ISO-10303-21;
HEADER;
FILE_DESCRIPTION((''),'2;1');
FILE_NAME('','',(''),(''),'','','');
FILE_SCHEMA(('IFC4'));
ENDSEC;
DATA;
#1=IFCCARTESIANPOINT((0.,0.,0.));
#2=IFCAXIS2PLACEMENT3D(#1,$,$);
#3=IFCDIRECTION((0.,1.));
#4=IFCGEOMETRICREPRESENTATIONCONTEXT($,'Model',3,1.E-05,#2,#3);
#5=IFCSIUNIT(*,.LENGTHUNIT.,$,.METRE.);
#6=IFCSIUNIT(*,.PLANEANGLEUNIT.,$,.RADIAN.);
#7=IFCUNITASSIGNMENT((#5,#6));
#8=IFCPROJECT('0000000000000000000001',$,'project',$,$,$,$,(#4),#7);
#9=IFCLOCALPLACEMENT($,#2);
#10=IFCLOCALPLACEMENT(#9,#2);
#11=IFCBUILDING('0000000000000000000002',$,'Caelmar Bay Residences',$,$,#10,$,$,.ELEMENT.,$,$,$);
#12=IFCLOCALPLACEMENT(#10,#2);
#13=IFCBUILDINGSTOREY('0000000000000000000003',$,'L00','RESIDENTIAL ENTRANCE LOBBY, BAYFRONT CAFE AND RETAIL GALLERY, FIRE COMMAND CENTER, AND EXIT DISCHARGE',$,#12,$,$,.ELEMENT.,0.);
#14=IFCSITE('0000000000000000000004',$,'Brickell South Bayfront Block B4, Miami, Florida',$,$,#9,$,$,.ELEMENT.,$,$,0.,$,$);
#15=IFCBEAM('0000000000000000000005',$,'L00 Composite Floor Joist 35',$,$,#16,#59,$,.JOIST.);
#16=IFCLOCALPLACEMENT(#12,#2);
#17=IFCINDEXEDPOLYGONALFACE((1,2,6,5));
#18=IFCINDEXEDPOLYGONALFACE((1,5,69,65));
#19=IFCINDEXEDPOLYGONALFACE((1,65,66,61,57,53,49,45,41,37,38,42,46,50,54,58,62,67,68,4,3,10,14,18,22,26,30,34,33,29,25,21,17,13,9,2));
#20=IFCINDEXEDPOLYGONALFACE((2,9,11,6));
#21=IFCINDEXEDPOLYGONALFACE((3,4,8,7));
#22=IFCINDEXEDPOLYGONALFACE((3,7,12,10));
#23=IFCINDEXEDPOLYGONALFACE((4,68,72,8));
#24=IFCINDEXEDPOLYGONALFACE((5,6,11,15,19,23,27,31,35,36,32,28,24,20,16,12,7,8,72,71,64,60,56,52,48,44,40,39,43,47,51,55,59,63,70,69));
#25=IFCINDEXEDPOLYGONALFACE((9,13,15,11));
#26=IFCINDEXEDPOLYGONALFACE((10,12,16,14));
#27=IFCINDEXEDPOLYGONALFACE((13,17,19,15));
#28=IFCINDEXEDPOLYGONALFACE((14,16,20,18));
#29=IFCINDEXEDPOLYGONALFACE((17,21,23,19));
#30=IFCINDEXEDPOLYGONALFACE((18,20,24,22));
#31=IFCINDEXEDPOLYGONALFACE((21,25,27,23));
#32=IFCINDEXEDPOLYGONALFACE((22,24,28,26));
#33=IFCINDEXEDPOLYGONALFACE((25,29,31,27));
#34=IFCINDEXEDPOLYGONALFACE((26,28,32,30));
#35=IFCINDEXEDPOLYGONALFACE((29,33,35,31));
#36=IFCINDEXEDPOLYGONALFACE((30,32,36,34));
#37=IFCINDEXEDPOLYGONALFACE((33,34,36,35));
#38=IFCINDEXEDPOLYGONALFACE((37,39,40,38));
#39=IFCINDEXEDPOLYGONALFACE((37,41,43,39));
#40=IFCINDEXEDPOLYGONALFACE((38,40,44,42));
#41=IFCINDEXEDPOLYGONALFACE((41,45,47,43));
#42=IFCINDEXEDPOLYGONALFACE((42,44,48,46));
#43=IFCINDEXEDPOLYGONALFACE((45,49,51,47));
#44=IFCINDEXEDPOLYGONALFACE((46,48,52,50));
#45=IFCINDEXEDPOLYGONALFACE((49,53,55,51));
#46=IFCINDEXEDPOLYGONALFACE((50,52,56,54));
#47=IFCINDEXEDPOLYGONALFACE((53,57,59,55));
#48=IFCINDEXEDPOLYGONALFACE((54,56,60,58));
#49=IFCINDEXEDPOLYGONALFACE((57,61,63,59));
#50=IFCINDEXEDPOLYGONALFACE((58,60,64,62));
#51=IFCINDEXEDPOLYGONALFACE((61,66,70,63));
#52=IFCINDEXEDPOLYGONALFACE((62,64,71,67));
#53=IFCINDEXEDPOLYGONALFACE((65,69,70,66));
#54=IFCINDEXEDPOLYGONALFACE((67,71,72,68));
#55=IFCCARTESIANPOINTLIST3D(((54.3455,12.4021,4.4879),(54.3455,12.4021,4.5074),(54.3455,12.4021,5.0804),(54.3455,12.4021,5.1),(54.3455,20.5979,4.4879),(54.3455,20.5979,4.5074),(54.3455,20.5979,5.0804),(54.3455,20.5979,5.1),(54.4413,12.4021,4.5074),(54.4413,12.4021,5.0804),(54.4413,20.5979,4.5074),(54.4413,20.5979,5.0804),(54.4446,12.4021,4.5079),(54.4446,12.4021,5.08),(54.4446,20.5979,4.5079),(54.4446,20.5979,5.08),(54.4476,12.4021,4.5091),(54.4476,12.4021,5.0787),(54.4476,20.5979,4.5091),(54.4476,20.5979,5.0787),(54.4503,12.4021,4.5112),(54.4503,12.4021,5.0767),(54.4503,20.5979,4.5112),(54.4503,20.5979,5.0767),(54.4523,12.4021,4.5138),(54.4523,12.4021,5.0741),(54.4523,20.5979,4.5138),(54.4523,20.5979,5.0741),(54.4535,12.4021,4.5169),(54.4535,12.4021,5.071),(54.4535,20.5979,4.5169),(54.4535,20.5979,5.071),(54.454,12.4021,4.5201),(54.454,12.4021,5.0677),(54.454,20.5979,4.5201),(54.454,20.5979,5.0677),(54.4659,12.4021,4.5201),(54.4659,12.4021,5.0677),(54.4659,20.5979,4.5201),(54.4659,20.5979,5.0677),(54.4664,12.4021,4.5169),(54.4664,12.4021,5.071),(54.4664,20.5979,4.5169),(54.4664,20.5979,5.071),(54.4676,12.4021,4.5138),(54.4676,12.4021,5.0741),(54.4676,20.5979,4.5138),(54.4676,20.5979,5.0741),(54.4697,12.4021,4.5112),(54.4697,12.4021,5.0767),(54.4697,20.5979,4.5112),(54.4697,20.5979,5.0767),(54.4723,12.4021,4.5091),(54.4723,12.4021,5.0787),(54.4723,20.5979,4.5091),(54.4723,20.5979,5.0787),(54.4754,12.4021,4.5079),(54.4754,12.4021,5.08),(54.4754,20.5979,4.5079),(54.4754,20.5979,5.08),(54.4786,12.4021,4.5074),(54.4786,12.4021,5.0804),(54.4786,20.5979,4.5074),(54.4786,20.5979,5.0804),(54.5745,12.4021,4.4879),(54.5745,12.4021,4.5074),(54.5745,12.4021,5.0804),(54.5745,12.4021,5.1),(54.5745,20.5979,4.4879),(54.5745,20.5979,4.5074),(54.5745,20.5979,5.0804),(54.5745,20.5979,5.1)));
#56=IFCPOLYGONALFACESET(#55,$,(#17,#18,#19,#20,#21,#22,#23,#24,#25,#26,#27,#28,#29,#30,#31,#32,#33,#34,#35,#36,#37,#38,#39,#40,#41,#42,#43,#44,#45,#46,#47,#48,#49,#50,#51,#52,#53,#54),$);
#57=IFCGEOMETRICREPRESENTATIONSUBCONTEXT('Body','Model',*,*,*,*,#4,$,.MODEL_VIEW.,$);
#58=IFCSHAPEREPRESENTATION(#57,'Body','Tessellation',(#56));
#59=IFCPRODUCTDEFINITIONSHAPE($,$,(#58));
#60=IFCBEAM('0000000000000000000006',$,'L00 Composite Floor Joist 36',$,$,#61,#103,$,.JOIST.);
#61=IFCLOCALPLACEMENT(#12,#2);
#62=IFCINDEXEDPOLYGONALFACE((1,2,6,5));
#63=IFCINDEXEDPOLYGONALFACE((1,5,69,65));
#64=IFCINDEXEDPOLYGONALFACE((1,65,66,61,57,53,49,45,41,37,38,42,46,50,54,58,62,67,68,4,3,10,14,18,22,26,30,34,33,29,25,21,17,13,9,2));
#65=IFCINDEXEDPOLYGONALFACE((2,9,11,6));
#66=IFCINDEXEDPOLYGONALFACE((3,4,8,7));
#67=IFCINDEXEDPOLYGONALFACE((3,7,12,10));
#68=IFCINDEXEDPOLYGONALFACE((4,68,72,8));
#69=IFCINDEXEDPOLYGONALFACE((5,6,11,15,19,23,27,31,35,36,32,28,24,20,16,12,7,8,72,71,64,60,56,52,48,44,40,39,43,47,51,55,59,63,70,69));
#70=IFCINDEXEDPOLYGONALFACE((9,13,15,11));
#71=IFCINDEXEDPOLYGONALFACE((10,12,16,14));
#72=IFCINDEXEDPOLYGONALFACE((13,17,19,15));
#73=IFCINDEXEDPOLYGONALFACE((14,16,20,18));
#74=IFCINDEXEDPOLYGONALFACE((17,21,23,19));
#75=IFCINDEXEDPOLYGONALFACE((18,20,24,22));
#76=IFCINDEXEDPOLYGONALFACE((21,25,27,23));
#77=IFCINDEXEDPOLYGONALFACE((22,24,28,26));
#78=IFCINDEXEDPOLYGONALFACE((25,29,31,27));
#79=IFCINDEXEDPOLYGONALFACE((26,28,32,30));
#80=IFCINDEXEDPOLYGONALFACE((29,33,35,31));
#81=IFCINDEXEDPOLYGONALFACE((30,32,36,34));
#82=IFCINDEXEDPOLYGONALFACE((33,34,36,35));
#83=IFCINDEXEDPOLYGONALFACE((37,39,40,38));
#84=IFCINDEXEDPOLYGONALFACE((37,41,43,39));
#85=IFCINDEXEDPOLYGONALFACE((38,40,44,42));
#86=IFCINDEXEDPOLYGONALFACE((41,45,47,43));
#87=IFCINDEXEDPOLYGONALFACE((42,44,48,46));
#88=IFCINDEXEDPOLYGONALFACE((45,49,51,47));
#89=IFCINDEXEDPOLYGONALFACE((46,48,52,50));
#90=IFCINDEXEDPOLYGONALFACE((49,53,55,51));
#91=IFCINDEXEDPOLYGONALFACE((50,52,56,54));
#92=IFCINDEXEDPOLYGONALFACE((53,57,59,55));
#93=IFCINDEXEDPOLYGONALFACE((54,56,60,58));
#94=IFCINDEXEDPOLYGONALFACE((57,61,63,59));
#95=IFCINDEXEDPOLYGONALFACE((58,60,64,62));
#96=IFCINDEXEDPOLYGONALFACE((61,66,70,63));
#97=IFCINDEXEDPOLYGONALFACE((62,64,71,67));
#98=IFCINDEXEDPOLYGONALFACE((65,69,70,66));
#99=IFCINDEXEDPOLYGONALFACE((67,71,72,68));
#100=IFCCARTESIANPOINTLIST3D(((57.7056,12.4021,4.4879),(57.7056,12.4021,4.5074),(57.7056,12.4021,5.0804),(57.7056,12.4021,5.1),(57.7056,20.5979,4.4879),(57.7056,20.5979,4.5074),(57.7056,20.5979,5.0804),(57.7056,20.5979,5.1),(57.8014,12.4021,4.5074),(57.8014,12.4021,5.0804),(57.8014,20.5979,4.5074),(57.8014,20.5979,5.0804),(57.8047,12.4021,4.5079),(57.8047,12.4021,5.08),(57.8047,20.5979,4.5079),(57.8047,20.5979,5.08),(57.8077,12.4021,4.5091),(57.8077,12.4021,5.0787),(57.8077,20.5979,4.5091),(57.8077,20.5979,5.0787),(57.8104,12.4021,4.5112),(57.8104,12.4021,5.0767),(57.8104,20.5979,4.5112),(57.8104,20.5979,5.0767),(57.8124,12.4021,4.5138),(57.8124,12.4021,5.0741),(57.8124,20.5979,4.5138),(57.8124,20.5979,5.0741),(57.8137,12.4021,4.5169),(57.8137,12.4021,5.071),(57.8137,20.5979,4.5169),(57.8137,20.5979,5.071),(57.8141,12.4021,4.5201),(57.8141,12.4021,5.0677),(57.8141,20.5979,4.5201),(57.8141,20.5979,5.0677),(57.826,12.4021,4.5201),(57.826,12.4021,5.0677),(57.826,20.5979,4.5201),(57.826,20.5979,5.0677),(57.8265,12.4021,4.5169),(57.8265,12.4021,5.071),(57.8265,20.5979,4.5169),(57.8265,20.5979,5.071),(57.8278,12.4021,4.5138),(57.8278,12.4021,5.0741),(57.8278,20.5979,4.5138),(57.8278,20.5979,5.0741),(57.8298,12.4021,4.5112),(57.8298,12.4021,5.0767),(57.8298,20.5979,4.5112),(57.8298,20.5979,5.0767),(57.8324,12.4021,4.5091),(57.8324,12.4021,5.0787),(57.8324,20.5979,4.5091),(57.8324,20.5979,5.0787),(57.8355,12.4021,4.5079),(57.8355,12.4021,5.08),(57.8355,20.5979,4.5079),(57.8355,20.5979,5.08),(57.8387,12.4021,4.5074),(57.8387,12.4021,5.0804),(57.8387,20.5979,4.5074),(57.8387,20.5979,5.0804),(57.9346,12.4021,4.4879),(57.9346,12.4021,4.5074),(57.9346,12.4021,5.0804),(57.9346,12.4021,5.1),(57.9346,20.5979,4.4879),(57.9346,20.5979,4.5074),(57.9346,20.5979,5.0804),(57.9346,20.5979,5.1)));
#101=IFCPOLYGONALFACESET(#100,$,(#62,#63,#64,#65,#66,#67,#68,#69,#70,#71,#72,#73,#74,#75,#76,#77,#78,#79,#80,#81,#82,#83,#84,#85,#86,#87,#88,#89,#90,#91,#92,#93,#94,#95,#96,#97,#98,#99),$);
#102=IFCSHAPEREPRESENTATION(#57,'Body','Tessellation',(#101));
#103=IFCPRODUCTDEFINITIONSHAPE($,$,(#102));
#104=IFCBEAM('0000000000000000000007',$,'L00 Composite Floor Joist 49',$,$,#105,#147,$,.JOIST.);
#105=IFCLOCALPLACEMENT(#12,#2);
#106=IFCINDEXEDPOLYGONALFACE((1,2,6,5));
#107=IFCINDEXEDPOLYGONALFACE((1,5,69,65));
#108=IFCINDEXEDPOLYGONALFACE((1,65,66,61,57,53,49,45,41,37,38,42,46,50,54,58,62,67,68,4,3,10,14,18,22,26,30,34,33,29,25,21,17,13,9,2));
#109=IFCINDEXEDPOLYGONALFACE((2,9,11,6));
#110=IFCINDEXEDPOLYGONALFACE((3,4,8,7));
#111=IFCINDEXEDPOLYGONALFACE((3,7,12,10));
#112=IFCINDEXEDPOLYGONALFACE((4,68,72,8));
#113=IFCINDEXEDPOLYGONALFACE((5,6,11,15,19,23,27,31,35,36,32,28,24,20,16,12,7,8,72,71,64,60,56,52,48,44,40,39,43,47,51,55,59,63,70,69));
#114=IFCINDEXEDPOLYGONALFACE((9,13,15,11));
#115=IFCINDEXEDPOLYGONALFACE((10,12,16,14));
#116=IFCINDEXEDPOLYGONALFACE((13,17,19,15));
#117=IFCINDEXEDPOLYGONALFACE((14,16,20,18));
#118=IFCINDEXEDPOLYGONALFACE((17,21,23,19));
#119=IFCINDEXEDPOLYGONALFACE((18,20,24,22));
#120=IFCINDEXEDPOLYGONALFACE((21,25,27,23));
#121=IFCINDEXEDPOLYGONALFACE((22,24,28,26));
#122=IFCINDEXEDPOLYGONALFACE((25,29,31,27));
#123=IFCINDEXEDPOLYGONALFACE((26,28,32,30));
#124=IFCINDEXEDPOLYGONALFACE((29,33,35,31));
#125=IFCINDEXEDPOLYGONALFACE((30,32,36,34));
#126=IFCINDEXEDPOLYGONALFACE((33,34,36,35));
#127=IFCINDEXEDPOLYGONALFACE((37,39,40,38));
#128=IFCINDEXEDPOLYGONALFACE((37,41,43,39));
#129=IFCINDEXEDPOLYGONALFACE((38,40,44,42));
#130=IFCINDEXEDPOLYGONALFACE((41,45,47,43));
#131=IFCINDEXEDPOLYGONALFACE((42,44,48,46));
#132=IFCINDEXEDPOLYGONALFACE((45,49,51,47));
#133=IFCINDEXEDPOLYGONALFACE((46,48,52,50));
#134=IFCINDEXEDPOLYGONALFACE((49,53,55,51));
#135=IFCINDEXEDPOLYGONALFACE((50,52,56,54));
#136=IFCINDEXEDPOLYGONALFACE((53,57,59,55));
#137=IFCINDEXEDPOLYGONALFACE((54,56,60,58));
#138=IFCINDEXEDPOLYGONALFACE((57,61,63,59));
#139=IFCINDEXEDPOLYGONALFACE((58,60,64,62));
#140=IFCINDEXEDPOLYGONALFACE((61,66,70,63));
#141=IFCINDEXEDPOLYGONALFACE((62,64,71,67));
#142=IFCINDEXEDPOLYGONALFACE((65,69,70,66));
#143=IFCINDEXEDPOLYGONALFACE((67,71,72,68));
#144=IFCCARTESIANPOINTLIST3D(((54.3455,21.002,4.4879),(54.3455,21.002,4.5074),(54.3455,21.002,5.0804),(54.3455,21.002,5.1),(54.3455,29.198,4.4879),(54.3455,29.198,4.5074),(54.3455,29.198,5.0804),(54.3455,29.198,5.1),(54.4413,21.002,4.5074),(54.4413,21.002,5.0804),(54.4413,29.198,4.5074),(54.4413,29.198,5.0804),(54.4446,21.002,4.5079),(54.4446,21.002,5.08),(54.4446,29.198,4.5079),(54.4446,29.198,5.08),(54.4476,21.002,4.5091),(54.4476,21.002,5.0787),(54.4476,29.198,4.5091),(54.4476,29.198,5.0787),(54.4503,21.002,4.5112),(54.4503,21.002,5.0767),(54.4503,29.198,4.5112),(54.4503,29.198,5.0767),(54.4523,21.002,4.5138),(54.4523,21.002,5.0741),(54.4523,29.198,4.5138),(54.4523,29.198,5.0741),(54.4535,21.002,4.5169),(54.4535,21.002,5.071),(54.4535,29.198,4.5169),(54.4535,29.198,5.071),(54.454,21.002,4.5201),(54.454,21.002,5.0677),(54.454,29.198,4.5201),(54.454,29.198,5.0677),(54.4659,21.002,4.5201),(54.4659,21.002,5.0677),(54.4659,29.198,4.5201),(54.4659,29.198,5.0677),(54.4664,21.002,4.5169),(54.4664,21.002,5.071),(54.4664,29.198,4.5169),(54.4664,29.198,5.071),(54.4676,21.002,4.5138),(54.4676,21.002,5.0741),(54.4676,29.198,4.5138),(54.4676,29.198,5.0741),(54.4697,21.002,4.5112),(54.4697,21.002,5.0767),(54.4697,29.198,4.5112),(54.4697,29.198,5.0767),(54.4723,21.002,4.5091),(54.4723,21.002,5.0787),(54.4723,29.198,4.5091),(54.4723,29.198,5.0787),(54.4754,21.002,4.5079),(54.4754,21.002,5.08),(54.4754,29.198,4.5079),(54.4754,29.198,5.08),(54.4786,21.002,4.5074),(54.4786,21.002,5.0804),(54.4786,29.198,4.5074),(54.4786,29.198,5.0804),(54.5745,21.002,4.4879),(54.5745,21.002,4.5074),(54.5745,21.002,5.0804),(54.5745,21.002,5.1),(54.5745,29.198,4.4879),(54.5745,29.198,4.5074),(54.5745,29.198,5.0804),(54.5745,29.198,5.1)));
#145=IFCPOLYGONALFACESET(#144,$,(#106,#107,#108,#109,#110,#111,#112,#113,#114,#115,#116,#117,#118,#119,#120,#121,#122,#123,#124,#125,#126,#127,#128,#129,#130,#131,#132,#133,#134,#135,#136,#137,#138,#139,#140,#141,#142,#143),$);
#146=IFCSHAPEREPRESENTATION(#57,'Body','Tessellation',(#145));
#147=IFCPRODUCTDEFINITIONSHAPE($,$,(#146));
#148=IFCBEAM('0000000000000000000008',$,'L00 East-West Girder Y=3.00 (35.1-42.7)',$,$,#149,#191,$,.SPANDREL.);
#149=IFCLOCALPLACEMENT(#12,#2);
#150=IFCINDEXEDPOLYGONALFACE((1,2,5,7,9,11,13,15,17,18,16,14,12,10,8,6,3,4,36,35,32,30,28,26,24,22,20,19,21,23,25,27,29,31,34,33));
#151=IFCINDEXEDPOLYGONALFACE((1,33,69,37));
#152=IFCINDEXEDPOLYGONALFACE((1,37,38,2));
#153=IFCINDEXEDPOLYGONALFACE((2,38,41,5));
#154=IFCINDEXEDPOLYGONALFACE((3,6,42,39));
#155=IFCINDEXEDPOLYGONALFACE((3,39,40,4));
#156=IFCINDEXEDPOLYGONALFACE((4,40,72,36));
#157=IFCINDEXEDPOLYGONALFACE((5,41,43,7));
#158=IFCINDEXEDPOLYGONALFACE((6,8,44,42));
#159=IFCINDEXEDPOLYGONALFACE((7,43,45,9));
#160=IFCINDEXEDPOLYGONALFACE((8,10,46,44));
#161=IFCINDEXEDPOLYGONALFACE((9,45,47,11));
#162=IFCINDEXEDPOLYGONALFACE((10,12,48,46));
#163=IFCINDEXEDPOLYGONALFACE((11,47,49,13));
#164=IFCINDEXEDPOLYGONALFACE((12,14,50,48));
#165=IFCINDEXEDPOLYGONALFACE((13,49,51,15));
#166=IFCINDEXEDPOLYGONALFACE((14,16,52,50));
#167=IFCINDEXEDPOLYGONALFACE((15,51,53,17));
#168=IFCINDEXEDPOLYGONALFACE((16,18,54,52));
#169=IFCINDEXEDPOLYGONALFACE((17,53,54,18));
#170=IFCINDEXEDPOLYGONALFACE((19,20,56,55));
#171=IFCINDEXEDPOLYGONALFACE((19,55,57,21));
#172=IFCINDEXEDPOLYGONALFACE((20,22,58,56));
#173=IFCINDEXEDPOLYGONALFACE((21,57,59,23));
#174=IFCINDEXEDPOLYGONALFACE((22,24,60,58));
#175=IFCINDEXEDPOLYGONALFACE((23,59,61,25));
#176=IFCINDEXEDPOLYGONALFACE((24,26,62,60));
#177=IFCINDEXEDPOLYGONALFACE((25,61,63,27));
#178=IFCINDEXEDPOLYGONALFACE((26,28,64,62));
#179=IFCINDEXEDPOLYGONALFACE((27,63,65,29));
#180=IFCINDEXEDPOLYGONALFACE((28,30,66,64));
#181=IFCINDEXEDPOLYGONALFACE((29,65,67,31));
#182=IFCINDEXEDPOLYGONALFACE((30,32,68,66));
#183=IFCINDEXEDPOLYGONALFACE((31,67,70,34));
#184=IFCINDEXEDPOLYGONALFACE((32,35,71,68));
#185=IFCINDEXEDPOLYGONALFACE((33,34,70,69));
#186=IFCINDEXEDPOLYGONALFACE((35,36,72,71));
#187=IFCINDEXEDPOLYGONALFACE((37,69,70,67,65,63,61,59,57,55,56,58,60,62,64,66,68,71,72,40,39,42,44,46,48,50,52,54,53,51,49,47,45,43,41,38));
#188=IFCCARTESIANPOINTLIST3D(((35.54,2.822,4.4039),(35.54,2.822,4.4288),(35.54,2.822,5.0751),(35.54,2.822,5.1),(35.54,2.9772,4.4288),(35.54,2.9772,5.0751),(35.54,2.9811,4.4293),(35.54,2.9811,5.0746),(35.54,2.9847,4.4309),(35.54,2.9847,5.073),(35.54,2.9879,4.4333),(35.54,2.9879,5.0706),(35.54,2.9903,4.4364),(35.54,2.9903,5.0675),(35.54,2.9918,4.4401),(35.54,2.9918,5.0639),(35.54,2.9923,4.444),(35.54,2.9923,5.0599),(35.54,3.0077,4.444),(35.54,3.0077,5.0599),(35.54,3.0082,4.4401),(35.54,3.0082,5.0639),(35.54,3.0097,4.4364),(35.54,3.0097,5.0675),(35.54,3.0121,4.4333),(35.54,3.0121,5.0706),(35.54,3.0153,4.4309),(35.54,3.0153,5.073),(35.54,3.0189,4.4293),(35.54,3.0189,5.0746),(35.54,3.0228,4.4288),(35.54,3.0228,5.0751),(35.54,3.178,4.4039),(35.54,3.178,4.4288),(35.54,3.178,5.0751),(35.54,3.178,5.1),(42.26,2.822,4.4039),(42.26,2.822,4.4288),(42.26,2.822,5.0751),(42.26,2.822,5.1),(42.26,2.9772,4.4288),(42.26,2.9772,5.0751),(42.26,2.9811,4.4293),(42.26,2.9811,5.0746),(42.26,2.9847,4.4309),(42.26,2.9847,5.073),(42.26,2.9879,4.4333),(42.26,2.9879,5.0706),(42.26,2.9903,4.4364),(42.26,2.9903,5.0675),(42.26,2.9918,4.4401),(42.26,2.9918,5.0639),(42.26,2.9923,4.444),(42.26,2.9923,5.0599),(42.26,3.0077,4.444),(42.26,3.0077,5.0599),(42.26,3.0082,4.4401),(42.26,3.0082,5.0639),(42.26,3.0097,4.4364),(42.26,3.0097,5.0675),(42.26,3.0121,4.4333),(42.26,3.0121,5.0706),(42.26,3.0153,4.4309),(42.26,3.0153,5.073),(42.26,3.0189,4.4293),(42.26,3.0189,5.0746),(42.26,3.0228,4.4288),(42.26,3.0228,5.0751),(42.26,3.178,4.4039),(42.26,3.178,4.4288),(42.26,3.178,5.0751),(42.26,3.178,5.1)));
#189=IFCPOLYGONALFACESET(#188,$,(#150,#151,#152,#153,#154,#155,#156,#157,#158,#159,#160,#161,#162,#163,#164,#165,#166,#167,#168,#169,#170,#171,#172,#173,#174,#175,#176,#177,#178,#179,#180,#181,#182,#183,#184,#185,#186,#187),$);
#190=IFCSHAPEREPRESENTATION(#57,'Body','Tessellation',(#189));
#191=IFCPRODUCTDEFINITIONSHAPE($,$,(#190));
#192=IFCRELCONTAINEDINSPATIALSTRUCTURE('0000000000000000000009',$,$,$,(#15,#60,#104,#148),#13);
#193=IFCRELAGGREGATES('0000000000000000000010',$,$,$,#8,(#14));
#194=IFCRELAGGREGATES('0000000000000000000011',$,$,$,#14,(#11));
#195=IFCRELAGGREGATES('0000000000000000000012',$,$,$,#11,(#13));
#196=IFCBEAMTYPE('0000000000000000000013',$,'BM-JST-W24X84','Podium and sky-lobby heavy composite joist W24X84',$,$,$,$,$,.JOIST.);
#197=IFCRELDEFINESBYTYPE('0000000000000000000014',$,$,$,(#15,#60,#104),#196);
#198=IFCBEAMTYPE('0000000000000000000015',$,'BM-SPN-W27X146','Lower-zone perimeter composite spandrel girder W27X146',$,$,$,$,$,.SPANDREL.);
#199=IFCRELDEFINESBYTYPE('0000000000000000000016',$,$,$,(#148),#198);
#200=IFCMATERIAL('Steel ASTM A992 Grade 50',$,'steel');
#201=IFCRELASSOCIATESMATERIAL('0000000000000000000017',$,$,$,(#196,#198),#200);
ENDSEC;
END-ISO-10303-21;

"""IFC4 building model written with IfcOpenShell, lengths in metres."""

from ifc_helpers import new_model, si_unit, direction, frame, origin, origin_2d, place, context, subcontext, project, spatial, i_section, extrude, material, material_profile, profile_set, type_object, element, save


model = new_model("IFC4")

# Units and contexts
model_context = context("Model", 3, precision=1e-05, world=origin(), true_north=direction((0.0, 1.0)))
body_context = subcontext(model_context, "Body", "Model", "MODEL_VIEW")
ifc_project = project(units=[si_unit("LENGTHUNIT", "METRE"), si_unit("PLANEANGLEUNIT", "RADIAN")], contexts=[model_context])

# Site, building, storey
site_placement = place(None, origin())
site = spatial("IfcSite", under=ifc_project, at=site_placement, Name="Brickell South Bayfront Block B4, Miami, Florida", CompositionType="ELEMENT", RefElevation=0.0)
building_placement = place(site_placement, origin())
building = spatial("IfcBuilding", under=site, at=building_placement, Name="Caelmar Bay Residences", CompositionType="ELEMENT")
storey_placement = place(building_placement, origin())
storey = spatial("IfcBuildingStorey", under=building, at=storey_placement, Name="L00", Description="RESIDENTIAL ENTRANCE LOBBY, BAYFRONT CAFE AND RETAIL GALLERY, FIRE COMMAND CENTER, AND EXIT DISCHARGE", CompositionType="ELEMENT", Elevation=0.0)

# Beams
ifc_material_1 = material(Name="Steel ASTM A992 Grade 50", Category="steel")
ifc_material_profile_1 = material_profile(ifc_material_1, i_section(OverallWidth=0.229, OverallDepth=0.6121, WebThickness=0.012, FlangeThickness=0.0195, FilletRadius=0.0127, at=origin_2d()), Name="W24X84")
ifc_profile_set_1 = profile_set([ifc_material_profile_1], Name="Steel ASTM A992 Grade 50")
beam_type_1 = type_object("IfcBeamType", Name="BM-JST-W24X84", Description="Podium and sky-lobby heavy composite joist W24X84", PredefinedType="JOIST", material=ifc_profile_set_1)
for number, where, z_axis, x_axis, name in (
    (1, (54.46, 12.4021, 4.7939), (0.0, 1.0, 0.0), (-1.0, 0.0, 0.0), "L00 Composite Floor Joist 35"),
    (2, (57.8201, 12.4021, 4.7939), (0.0, 1.0, 0.0), (-1.0, 0.0, 0.0), "L00 Composite Floor Joist 36"),
):
    element("IfcBeam", number, at=place(storey_placement, frame(where, z_axis=z_axis, x_axis=x_axis)), inside=storey, type_object=beam_type_1, Name=name, PredefinedType="JOIST", context=body_context, shape_type="SweptSolid", body=[
        extrude(i_section(OverallWidth=0.229, OverallDepth=0.6121, WebThickness=0.012, FlangeThickness=0.0195, FilletRadius=0.0127, at=origin_2d()), origin(), (0.0, 0.0, 1.0), 8.1958),
    ])
beam_1_placement = place(storey_placement, frame((54.46, 21.002, 4.7939), z_axis=(0.0, 1.0, 0.0), x_axis=(-1.0, 0.0, 0.0)))
element("IfcBeam", 3, at=beam_1_placement, inside=storey, type_object=beam_type_1, Name="L00 Composite Floor Joist 49", PredefinedType="JOIST", context=body_context, shape_type="SweptSolid", body=[
    extrude(i_section(OverallWidth=0.229, OverallDepth=0.6121, WebThickness=0.012, FlangeThickness=0.0195, FilletRadius=0.0127, at=origin_2d()), origin(), (0.0, 0.0, 1.0), 8.196),
])
ifc_material_profile_2 = material_profile(ifc_material_1, i_section(OverallWidth=0.356, OverallDepth=0.696, WebThickness=0.0154, FlangeThickness=0.0249, FilletRadius=0.0151, at=origin_2d()), Name="W27X146")
ifc_profile_set_2 = profile_set([ifc_material_profile_2], Name="Steel ASTM A992 Grade 50")
beam_type_2 = type_object("IfcBeamType", Name="BM-SPN-W27X146", Description="Lower-zone perimeter composite spandrel girder W27X146", PredefinedType="SPANDREL", material=ifc_profile_set_2)
beam_2_placement = place(storey_placement, frame((35.54, 3.0, 4.752), z_axis=(1.0, 0.0, 0.0), x_axis=(0.0, 1.0, 0.0)))
element("IfcBeam", 4, at=beam_2_placement, inside=storey, type_object=beam_type_2, Name="L00 East-West Girder Y=3.00 (35.1-42.7)", PredefinedType="SPANDREL", context=body_context, shape_type="SweptSolid", body=[
    extrude(i_section(OverallWidth=0.356, OverallDepth=0.696, WebThickness=0.0154, FlangeThickness=0.0249, FilletRadius=0.0151, at=origin_2d()), origin(), (0.0, 0.0, 1.0), 6.72),
])

save(model, "model.ifc")
